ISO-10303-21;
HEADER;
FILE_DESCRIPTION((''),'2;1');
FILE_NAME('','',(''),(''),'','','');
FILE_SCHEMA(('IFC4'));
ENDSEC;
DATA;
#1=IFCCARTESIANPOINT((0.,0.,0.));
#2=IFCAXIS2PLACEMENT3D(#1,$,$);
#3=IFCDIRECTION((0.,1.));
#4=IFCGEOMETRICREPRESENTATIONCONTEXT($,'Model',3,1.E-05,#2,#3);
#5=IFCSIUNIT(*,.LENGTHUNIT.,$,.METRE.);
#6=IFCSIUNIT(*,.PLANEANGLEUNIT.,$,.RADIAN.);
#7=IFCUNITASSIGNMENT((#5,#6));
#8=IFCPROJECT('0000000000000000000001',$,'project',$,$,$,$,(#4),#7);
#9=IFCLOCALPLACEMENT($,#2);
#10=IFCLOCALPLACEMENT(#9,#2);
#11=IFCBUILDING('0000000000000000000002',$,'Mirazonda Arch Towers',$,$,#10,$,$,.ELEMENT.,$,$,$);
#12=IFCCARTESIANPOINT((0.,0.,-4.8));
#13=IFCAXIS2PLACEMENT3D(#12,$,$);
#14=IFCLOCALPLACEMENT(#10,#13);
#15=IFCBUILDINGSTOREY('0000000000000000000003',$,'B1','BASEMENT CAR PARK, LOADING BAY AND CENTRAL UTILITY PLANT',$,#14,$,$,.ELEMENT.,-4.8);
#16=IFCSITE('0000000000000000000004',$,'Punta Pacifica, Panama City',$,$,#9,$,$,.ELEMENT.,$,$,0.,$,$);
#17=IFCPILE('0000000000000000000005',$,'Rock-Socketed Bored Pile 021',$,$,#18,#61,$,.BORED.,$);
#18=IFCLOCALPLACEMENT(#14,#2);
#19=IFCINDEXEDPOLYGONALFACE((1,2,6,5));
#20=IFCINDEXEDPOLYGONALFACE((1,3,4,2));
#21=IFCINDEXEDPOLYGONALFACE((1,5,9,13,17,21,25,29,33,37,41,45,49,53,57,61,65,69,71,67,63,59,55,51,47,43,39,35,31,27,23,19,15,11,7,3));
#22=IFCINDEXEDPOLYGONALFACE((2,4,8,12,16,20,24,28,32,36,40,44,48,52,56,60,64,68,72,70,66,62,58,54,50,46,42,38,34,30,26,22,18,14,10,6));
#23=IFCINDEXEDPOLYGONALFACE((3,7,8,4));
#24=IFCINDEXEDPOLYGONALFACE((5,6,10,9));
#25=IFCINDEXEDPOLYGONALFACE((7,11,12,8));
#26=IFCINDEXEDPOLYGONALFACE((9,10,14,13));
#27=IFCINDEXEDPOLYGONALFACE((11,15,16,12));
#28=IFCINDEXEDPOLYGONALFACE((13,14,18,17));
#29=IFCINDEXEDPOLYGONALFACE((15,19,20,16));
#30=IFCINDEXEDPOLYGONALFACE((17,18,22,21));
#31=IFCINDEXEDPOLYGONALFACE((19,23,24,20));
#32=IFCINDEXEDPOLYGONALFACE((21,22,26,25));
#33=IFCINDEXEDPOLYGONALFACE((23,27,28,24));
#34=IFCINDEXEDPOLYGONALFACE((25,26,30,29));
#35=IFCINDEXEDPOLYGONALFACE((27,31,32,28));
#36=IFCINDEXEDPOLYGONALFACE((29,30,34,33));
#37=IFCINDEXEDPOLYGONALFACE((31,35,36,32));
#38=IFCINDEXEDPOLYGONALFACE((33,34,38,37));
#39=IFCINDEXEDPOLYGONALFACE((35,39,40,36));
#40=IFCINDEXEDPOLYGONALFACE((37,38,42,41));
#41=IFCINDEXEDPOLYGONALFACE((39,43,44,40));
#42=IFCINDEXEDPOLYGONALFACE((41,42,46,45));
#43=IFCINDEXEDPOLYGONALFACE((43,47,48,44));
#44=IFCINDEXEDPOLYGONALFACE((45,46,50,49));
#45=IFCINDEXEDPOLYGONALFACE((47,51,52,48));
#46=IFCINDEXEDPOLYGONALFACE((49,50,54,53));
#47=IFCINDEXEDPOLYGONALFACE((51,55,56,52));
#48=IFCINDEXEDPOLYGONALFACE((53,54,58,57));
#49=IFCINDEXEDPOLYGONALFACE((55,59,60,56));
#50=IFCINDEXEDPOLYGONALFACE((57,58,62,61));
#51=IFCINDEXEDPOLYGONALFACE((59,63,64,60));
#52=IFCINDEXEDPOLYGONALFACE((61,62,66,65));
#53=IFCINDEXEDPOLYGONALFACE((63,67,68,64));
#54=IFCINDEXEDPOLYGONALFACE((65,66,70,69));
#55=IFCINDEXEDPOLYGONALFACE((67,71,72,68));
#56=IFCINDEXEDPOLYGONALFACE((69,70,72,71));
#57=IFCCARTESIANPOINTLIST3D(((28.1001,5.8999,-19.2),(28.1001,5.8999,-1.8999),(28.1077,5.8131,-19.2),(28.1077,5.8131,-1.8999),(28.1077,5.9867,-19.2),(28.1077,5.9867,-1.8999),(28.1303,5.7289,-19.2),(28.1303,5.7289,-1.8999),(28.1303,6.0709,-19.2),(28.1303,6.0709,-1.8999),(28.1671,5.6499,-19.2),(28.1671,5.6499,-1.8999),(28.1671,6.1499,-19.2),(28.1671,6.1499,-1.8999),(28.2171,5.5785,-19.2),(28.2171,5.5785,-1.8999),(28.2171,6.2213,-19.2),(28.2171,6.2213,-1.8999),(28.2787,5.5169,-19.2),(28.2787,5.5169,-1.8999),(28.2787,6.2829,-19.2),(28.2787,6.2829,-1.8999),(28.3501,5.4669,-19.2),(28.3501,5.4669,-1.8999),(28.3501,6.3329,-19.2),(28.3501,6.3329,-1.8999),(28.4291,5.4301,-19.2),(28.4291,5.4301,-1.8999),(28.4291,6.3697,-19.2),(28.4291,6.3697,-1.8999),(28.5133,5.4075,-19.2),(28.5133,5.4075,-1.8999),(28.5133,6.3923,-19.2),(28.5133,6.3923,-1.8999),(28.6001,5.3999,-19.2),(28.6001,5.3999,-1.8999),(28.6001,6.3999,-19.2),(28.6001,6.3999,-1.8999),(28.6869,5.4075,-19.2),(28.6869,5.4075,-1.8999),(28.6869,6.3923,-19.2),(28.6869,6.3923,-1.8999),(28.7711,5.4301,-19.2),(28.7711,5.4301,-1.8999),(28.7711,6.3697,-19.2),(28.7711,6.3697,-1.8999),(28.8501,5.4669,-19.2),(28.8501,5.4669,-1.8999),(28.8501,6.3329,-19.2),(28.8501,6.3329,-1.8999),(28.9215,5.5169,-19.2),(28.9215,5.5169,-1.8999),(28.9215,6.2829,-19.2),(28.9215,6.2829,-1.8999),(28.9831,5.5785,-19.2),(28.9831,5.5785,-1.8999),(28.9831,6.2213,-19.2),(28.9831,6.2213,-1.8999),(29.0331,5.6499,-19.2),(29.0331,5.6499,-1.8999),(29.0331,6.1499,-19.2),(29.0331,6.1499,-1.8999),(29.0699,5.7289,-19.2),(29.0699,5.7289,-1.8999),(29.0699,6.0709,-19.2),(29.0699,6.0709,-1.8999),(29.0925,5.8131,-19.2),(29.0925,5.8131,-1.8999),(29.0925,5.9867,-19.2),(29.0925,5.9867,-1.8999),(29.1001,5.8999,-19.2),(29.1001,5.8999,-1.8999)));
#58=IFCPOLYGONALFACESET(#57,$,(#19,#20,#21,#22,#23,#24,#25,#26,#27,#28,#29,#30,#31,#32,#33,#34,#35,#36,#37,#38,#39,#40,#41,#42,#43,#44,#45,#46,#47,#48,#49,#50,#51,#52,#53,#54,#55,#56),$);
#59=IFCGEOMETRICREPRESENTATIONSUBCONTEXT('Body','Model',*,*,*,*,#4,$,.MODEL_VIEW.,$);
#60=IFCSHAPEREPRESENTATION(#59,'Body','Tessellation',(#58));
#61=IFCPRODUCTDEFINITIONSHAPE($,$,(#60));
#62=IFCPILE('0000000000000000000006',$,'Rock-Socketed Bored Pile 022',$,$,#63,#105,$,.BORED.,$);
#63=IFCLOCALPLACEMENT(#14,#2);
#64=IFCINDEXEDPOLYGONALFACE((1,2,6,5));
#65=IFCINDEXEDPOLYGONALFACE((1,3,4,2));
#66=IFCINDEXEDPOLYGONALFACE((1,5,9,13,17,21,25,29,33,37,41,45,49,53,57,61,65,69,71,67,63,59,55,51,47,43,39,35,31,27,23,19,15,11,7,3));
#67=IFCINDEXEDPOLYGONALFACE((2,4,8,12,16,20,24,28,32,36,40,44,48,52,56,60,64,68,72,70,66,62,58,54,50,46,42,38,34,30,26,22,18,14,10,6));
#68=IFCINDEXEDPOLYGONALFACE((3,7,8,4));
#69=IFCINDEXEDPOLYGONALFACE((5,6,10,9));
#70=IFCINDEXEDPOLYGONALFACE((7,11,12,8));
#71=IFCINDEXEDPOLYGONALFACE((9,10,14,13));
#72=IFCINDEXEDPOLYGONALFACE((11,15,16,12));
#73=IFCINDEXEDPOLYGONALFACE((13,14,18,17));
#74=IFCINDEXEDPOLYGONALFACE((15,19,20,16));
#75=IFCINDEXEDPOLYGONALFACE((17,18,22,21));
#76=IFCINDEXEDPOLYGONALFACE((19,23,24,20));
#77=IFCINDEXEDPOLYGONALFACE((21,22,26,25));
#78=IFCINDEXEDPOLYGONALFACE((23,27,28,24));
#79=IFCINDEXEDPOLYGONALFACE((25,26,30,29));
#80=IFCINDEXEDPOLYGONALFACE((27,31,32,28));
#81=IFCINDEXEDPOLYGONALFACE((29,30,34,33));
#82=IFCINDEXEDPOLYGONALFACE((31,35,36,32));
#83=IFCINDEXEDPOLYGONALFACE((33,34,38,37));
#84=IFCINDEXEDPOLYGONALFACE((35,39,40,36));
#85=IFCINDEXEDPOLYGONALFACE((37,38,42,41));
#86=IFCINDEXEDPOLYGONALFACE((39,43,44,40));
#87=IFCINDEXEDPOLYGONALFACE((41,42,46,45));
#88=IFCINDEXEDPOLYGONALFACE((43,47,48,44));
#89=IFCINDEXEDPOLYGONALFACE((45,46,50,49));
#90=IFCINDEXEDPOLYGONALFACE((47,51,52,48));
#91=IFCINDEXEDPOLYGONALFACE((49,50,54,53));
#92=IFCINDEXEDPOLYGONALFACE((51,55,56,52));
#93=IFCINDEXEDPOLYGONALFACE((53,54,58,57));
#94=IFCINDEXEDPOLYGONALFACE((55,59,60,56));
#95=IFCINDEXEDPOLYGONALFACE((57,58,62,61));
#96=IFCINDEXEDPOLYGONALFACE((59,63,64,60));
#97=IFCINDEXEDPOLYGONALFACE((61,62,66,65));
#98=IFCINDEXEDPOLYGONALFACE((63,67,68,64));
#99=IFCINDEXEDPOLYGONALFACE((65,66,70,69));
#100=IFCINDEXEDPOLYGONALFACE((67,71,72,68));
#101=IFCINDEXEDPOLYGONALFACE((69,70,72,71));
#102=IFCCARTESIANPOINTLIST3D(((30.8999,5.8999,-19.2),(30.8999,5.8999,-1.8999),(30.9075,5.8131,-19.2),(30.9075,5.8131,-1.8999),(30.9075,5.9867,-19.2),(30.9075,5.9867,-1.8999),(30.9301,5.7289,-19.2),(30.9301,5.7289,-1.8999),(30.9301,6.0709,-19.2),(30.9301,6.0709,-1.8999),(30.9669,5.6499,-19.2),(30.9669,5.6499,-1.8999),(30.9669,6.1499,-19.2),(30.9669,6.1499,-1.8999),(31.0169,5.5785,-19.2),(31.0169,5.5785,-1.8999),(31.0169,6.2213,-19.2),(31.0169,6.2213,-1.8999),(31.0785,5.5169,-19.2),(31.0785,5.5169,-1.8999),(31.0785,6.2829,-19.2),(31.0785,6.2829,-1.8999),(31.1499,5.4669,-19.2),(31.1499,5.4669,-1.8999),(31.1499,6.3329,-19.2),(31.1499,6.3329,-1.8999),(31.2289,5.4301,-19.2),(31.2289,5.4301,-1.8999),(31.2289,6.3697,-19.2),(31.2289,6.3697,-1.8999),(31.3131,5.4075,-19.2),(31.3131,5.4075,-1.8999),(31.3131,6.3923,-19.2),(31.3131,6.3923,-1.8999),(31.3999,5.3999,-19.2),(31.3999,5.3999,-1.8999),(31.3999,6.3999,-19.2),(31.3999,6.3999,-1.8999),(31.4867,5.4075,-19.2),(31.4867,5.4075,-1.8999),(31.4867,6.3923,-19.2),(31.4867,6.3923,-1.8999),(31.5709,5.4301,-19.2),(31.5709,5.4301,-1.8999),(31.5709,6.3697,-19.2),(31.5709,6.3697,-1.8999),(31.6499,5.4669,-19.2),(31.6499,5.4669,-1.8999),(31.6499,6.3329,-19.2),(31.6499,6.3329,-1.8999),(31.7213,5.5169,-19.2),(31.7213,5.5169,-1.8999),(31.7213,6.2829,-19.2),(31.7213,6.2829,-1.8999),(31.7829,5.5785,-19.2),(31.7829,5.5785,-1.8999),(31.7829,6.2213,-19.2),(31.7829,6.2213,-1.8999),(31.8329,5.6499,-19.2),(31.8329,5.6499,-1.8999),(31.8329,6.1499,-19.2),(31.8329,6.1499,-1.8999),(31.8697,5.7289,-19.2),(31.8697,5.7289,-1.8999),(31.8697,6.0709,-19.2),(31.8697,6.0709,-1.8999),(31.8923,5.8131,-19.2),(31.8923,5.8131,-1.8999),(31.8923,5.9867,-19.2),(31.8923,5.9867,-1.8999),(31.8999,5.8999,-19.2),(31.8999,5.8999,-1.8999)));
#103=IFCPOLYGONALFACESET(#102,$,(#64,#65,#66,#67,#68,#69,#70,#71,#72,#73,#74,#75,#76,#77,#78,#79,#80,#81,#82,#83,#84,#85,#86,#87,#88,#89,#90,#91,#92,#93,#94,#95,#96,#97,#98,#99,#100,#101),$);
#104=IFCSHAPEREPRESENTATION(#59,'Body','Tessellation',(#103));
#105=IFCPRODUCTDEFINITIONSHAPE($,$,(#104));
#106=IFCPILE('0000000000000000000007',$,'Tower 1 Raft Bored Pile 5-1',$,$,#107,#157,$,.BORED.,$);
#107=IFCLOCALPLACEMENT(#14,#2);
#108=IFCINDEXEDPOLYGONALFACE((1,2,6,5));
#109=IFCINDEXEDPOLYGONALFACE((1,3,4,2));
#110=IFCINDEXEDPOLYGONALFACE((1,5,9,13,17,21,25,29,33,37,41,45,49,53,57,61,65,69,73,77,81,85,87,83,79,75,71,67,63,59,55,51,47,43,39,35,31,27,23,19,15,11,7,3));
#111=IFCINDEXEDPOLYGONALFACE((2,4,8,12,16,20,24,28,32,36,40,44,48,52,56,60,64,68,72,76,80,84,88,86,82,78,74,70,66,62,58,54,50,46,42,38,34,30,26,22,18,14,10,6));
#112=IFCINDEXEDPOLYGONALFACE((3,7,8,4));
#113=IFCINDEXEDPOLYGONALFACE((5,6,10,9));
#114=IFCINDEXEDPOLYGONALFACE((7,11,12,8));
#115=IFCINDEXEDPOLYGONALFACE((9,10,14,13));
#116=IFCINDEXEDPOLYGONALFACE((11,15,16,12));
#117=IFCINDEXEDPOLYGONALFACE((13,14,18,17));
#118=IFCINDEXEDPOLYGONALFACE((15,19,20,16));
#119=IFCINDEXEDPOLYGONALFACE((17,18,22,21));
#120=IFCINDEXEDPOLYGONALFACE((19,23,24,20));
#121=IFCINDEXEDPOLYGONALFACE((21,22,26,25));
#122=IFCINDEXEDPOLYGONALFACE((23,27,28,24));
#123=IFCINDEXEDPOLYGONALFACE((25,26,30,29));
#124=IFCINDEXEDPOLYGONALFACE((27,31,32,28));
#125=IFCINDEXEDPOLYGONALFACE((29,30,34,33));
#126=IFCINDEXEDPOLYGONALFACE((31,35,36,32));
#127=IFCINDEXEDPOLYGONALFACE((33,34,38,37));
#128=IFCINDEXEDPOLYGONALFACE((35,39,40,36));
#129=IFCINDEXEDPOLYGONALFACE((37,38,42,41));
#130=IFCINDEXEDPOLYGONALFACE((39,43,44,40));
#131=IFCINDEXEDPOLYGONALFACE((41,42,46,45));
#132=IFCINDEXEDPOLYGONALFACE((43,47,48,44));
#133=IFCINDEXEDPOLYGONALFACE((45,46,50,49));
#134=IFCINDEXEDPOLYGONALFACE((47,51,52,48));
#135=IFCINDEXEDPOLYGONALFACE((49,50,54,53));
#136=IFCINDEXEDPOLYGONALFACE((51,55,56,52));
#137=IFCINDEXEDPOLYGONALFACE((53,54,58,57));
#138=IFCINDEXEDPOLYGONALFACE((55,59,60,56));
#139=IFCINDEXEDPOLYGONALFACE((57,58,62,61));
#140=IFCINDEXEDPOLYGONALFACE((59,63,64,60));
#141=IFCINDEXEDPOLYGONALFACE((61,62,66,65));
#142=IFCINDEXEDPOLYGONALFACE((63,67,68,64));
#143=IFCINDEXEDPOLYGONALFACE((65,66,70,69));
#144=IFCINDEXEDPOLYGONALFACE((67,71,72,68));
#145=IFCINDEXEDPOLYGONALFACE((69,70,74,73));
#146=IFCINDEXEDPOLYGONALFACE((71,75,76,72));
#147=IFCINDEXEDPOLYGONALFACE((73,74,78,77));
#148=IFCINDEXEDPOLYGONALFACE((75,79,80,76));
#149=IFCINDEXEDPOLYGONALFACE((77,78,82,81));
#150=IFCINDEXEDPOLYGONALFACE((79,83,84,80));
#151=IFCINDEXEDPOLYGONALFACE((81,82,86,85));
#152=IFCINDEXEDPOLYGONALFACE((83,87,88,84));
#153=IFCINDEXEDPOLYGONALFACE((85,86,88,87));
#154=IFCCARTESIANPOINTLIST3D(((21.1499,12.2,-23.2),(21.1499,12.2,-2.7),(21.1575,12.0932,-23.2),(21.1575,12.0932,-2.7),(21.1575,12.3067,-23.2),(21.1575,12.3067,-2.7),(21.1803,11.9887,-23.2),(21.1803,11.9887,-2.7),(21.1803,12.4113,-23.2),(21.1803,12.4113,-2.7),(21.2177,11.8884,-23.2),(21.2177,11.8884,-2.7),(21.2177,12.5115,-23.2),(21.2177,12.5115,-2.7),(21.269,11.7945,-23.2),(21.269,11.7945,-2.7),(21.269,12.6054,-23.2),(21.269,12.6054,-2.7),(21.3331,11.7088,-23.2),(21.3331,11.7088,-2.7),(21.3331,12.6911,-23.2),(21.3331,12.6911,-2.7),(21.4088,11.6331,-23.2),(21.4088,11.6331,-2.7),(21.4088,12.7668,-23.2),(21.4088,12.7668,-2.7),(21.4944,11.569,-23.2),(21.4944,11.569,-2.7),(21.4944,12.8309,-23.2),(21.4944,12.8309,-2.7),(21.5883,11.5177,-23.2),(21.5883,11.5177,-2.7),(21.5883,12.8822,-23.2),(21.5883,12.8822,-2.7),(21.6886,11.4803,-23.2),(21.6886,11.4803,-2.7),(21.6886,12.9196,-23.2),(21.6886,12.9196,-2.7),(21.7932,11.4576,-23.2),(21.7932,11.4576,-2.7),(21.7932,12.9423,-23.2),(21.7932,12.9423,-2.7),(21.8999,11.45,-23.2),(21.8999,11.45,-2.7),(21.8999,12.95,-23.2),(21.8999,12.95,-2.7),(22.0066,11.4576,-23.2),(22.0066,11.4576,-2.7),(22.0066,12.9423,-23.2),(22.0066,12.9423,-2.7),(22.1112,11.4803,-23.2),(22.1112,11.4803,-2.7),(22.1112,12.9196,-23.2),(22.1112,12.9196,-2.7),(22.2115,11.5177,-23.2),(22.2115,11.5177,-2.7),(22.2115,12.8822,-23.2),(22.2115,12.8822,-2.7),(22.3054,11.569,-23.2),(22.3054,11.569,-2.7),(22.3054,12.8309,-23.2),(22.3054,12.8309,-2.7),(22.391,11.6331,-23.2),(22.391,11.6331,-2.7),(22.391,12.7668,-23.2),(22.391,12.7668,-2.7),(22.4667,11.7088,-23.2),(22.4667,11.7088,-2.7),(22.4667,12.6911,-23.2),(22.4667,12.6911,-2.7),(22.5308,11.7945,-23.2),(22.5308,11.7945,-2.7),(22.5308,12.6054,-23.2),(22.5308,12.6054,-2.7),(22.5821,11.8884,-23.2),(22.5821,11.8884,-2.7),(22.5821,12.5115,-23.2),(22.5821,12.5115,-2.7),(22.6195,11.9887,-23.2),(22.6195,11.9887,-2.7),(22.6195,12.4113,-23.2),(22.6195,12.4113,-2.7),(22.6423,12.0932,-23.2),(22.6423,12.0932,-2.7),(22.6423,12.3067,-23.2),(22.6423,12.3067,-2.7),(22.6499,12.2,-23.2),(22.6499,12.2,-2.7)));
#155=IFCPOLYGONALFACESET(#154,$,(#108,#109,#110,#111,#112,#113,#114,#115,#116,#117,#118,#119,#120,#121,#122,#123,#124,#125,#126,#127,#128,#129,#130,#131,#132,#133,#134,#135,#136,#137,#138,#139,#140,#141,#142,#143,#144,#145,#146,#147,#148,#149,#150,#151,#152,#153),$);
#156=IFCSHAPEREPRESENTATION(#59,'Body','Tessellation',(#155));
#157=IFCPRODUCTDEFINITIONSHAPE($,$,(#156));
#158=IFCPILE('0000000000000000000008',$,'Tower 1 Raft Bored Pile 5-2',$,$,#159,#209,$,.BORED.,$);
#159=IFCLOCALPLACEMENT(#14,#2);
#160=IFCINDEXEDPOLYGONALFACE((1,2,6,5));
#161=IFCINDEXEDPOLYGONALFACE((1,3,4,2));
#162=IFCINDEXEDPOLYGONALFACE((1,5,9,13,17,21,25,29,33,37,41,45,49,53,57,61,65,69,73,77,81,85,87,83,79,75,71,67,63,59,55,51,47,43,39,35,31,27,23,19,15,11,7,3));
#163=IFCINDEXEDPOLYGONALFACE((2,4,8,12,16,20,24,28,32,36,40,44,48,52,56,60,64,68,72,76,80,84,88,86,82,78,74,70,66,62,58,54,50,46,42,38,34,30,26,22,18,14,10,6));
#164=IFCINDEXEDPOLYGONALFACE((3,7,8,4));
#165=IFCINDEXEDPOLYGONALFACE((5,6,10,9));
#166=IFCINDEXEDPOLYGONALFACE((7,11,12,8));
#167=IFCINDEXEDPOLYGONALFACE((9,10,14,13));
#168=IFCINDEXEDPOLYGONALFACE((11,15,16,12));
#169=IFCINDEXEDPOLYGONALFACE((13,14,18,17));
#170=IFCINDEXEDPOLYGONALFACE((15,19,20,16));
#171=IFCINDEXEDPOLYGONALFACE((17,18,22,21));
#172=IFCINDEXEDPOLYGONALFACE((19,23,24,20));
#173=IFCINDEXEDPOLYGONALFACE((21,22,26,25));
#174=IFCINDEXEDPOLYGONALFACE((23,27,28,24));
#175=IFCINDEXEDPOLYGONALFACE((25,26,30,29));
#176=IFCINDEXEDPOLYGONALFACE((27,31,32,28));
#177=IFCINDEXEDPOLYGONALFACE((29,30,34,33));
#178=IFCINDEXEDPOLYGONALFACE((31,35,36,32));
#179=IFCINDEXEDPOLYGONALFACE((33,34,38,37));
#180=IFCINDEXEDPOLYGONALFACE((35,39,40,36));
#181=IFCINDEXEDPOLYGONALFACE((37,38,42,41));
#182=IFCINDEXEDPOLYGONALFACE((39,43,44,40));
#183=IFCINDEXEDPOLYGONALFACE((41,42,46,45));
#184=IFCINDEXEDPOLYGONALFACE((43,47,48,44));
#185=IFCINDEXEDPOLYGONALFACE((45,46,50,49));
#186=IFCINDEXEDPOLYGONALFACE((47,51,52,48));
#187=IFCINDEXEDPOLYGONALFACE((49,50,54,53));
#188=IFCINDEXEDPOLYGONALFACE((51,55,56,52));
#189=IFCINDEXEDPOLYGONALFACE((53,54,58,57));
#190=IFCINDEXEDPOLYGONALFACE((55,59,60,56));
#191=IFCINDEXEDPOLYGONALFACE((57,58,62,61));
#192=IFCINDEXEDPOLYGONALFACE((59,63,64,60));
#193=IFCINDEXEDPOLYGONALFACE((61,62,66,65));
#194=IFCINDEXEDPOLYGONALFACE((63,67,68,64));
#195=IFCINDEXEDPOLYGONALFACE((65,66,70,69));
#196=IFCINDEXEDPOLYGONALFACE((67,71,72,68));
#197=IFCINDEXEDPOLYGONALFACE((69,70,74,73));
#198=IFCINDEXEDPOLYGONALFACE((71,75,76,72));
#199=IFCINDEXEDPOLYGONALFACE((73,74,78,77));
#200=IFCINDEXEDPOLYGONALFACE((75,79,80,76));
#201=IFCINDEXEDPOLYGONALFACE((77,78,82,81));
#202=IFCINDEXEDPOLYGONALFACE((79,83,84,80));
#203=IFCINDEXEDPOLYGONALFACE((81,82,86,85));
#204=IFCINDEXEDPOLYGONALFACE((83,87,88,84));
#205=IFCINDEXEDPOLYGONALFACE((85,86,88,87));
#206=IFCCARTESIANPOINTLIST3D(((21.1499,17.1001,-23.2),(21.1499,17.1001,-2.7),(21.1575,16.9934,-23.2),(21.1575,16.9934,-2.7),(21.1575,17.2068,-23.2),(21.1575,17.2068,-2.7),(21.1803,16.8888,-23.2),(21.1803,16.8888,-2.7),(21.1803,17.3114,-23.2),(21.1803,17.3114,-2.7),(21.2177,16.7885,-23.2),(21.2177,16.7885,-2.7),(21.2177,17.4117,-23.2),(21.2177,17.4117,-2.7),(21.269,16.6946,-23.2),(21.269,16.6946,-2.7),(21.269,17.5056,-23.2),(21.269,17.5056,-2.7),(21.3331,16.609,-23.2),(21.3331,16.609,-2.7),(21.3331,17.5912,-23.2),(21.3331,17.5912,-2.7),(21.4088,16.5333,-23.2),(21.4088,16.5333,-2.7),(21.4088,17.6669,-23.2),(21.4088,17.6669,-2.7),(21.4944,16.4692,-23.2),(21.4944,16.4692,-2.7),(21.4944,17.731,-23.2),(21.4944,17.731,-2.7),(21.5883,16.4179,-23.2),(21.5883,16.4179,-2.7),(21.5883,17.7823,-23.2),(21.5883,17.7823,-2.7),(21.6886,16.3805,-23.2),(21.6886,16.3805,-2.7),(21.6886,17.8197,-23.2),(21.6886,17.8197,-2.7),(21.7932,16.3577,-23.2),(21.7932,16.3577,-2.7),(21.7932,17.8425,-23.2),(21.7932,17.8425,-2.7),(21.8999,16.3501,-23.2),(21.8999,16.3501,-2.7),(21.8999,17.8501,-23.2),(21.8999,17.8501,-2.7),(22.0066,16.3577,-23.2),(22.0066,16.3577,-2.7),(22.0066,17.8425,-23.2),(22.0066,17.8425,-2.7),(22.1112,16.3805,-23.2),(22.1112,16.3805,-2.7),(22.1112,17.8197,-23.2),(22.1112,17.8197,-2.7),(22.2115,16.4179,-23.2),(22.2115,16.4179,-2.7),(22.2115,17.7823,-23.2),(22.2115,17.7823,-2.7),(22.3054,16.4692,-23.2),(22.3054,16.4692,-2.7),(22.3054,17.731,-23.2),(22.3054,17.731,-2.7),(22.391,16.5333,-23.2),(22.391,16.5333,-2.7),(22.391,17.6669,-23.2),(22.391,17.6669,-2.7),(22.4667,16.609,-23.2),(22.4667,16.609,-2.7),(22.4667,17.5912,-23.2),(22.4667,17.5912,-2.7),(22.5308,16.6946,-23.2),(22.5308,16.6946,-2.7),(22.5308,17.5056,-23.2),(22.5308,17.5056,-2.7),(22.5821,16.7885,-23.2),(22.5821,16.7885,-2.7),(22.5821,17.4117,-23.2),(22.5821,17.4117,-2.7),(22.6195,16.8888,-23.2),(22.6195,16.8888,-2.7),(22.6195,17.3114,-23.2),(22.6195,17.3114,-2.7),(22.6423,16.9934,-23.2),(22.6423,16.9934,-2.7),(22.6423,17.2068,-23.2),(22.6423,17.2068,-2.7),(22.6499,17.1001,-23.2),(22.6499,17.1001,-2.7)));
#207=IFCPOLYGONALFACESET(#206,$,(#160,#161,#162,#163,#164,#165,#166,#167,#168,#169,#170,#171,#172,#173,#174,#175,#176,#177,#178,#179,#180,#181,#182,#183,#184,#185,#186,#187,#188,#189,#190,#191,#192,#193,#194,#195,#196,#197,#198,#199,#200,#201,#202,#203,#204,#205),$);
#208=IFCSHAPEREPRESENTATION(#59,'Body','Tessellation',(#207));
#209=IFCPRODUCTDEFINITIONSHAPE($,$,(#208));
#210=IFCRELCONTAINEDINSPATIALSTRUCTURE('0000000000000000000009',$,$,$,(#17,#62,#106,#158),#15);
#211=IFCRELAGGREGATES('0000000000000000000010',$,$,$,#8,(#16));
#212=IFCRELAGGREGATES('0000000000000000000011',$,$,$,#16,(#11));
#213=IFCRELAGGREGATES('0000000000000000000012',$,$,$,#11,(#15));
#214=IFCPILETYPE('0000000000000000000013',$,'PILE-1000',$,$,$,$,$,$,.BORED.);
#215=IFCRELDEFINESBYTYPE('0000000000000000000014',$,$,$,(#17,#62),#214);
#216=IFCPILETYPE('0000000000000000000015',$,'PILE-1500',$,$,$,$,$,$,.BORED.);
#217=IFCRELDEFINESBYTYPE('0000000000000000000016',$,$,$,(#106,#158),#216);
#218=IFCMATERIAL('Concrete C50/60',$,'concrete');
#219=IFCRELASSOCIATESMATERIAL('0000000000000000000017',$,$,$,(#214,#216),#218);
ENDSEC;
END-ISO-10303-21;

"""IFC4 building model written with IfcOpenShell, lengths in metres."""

from ifc_helpers import new_model, si_unit, direction, frame, origin, origin_2d, place, context, subcontext, project, spatial, circle, extrude, material, material_profile, profile_set, type_object, element, save


model = new_model("IFC4")

# Units and contexts
model_context = context("Model", 3, precision=1e-05, world=origin(), true_north=direction((0.0, 1.0)))
body_context = subcontext(model_context, "Body", "Model", "MODEL_VIEW")
ifc_project = project(units=[si_unit("LENGTHUNIT", "METRE"), si_unit("PLANEANGLEUNIT", "RADIAN")], contexts=[model_context])

# Site, building, storey
site_placement = place(None, origin())
site = spatial("IfcSite", under=ifc_project, at=site_placement, Name="Punta Pacifica, Panama City", CompositionType="ELEMENT", RefElevation=0.0)
building_placement = place(site_placement, origin())
building = spatial("IfcBuilding", under=site, at=building_placement, Name="Mirazonda Arch Towers", CompositionType="ELEMENT")
storey_placement = place(building_placement, frame((0.0, 0.0, -4.8)))
storey = spatial("IfcBuildingStorey", under=building, at=storey_placement, Name="B1", Description="BASEMENT CAR PARK, LOADING BAY AND CENTRAL UTILITY PLANT", CompositionType="ELEMENT", Elevation=-4.8)

# Piles
ifc_material_1 = material(Name="Concrete C50/60", Category="concrete")
ifc_material_profile_1 = material_profile(ifc_material_1, circle(Radius=0.5, at=origin_2d()), Name="BORED-D1000")
ifc_profile_set_1 = profile_set([ifc_material_profile_1], Name="Concrete C50/60")
pile_type_1 = type_object("IfcPileType", Name="PILE-1000", PredefinedType="BORED", material=ifc_profile_set_1)
for number, where, z_axis, x_axis, name in (
    (1, (28.6001, 5.8999, -1.8999), (0.0, 0.0, -1.0), (1.0, 0.0, 0.0), "Rock-Socketed Bored Pile 021"),
    (2, (31.3999, 5.8999, -1.8999), (0.0, 0.0, -1.0), (1.0, 0.0, 0.0), "Rock-Socketed Bored Pile 022"),
):
    element("IfcPile", number, at=place(storey_placement, frame(where, z_axis=z_axis, x_axis=x_axis)), inside=storey, type_object=pile_type_1, Name=name, PredefinedType="BORED", context=body_context, shape_type="SweptSolid", body=[
        extrude(circle(Radius=0.5, at=origin_2d()), origin(), (0.0, 0.0, 1.0), 17.3),
    ])
ifc_material_profile_2 = material_profile(ifc_material_1, circle(Radius=0.75, at=origin_2d()), Name="BORED-D1500")
ifc_profile_set_2 = profile_set([ifc_material_profile_2], Name="Concrete C50/60")
pile_type_2 = type_object("IfcPileType", Name="PILE-1500", PredefinedType="BORED", material=ifc_profile_set_2)
for number, where, z_axis, x_axis, name in (
    (3, (21.8999, 12.2, -2.7), (0.0, 0.0, -1.0), (1.0, 0.0, 0.0), "Tower 1 Raft Bored Pile 5-1"),
    (4, (21.8999, 17.1001, -2.7), (0.0, 0.0, -1.0), (1.0, 0.0, 0.0), "Tower 1 Raft Bored Pile 5-2"),
):
    element("IfcPile", number, at=place(storey_placement, frame(where, z_axis=z_axis, x_axis=x_axis)), inside=storey, type_object=pile_type_2, Name=name, PredefinedType="BORED", context=body_context, shape_type="SweptSolid", body=[
        extrude(circle(Radius=0.75, at=origin_2d()), origin(), (0.0, 0.0, 1.0), 20.5),
    ])

save(model, "model.ifc")
